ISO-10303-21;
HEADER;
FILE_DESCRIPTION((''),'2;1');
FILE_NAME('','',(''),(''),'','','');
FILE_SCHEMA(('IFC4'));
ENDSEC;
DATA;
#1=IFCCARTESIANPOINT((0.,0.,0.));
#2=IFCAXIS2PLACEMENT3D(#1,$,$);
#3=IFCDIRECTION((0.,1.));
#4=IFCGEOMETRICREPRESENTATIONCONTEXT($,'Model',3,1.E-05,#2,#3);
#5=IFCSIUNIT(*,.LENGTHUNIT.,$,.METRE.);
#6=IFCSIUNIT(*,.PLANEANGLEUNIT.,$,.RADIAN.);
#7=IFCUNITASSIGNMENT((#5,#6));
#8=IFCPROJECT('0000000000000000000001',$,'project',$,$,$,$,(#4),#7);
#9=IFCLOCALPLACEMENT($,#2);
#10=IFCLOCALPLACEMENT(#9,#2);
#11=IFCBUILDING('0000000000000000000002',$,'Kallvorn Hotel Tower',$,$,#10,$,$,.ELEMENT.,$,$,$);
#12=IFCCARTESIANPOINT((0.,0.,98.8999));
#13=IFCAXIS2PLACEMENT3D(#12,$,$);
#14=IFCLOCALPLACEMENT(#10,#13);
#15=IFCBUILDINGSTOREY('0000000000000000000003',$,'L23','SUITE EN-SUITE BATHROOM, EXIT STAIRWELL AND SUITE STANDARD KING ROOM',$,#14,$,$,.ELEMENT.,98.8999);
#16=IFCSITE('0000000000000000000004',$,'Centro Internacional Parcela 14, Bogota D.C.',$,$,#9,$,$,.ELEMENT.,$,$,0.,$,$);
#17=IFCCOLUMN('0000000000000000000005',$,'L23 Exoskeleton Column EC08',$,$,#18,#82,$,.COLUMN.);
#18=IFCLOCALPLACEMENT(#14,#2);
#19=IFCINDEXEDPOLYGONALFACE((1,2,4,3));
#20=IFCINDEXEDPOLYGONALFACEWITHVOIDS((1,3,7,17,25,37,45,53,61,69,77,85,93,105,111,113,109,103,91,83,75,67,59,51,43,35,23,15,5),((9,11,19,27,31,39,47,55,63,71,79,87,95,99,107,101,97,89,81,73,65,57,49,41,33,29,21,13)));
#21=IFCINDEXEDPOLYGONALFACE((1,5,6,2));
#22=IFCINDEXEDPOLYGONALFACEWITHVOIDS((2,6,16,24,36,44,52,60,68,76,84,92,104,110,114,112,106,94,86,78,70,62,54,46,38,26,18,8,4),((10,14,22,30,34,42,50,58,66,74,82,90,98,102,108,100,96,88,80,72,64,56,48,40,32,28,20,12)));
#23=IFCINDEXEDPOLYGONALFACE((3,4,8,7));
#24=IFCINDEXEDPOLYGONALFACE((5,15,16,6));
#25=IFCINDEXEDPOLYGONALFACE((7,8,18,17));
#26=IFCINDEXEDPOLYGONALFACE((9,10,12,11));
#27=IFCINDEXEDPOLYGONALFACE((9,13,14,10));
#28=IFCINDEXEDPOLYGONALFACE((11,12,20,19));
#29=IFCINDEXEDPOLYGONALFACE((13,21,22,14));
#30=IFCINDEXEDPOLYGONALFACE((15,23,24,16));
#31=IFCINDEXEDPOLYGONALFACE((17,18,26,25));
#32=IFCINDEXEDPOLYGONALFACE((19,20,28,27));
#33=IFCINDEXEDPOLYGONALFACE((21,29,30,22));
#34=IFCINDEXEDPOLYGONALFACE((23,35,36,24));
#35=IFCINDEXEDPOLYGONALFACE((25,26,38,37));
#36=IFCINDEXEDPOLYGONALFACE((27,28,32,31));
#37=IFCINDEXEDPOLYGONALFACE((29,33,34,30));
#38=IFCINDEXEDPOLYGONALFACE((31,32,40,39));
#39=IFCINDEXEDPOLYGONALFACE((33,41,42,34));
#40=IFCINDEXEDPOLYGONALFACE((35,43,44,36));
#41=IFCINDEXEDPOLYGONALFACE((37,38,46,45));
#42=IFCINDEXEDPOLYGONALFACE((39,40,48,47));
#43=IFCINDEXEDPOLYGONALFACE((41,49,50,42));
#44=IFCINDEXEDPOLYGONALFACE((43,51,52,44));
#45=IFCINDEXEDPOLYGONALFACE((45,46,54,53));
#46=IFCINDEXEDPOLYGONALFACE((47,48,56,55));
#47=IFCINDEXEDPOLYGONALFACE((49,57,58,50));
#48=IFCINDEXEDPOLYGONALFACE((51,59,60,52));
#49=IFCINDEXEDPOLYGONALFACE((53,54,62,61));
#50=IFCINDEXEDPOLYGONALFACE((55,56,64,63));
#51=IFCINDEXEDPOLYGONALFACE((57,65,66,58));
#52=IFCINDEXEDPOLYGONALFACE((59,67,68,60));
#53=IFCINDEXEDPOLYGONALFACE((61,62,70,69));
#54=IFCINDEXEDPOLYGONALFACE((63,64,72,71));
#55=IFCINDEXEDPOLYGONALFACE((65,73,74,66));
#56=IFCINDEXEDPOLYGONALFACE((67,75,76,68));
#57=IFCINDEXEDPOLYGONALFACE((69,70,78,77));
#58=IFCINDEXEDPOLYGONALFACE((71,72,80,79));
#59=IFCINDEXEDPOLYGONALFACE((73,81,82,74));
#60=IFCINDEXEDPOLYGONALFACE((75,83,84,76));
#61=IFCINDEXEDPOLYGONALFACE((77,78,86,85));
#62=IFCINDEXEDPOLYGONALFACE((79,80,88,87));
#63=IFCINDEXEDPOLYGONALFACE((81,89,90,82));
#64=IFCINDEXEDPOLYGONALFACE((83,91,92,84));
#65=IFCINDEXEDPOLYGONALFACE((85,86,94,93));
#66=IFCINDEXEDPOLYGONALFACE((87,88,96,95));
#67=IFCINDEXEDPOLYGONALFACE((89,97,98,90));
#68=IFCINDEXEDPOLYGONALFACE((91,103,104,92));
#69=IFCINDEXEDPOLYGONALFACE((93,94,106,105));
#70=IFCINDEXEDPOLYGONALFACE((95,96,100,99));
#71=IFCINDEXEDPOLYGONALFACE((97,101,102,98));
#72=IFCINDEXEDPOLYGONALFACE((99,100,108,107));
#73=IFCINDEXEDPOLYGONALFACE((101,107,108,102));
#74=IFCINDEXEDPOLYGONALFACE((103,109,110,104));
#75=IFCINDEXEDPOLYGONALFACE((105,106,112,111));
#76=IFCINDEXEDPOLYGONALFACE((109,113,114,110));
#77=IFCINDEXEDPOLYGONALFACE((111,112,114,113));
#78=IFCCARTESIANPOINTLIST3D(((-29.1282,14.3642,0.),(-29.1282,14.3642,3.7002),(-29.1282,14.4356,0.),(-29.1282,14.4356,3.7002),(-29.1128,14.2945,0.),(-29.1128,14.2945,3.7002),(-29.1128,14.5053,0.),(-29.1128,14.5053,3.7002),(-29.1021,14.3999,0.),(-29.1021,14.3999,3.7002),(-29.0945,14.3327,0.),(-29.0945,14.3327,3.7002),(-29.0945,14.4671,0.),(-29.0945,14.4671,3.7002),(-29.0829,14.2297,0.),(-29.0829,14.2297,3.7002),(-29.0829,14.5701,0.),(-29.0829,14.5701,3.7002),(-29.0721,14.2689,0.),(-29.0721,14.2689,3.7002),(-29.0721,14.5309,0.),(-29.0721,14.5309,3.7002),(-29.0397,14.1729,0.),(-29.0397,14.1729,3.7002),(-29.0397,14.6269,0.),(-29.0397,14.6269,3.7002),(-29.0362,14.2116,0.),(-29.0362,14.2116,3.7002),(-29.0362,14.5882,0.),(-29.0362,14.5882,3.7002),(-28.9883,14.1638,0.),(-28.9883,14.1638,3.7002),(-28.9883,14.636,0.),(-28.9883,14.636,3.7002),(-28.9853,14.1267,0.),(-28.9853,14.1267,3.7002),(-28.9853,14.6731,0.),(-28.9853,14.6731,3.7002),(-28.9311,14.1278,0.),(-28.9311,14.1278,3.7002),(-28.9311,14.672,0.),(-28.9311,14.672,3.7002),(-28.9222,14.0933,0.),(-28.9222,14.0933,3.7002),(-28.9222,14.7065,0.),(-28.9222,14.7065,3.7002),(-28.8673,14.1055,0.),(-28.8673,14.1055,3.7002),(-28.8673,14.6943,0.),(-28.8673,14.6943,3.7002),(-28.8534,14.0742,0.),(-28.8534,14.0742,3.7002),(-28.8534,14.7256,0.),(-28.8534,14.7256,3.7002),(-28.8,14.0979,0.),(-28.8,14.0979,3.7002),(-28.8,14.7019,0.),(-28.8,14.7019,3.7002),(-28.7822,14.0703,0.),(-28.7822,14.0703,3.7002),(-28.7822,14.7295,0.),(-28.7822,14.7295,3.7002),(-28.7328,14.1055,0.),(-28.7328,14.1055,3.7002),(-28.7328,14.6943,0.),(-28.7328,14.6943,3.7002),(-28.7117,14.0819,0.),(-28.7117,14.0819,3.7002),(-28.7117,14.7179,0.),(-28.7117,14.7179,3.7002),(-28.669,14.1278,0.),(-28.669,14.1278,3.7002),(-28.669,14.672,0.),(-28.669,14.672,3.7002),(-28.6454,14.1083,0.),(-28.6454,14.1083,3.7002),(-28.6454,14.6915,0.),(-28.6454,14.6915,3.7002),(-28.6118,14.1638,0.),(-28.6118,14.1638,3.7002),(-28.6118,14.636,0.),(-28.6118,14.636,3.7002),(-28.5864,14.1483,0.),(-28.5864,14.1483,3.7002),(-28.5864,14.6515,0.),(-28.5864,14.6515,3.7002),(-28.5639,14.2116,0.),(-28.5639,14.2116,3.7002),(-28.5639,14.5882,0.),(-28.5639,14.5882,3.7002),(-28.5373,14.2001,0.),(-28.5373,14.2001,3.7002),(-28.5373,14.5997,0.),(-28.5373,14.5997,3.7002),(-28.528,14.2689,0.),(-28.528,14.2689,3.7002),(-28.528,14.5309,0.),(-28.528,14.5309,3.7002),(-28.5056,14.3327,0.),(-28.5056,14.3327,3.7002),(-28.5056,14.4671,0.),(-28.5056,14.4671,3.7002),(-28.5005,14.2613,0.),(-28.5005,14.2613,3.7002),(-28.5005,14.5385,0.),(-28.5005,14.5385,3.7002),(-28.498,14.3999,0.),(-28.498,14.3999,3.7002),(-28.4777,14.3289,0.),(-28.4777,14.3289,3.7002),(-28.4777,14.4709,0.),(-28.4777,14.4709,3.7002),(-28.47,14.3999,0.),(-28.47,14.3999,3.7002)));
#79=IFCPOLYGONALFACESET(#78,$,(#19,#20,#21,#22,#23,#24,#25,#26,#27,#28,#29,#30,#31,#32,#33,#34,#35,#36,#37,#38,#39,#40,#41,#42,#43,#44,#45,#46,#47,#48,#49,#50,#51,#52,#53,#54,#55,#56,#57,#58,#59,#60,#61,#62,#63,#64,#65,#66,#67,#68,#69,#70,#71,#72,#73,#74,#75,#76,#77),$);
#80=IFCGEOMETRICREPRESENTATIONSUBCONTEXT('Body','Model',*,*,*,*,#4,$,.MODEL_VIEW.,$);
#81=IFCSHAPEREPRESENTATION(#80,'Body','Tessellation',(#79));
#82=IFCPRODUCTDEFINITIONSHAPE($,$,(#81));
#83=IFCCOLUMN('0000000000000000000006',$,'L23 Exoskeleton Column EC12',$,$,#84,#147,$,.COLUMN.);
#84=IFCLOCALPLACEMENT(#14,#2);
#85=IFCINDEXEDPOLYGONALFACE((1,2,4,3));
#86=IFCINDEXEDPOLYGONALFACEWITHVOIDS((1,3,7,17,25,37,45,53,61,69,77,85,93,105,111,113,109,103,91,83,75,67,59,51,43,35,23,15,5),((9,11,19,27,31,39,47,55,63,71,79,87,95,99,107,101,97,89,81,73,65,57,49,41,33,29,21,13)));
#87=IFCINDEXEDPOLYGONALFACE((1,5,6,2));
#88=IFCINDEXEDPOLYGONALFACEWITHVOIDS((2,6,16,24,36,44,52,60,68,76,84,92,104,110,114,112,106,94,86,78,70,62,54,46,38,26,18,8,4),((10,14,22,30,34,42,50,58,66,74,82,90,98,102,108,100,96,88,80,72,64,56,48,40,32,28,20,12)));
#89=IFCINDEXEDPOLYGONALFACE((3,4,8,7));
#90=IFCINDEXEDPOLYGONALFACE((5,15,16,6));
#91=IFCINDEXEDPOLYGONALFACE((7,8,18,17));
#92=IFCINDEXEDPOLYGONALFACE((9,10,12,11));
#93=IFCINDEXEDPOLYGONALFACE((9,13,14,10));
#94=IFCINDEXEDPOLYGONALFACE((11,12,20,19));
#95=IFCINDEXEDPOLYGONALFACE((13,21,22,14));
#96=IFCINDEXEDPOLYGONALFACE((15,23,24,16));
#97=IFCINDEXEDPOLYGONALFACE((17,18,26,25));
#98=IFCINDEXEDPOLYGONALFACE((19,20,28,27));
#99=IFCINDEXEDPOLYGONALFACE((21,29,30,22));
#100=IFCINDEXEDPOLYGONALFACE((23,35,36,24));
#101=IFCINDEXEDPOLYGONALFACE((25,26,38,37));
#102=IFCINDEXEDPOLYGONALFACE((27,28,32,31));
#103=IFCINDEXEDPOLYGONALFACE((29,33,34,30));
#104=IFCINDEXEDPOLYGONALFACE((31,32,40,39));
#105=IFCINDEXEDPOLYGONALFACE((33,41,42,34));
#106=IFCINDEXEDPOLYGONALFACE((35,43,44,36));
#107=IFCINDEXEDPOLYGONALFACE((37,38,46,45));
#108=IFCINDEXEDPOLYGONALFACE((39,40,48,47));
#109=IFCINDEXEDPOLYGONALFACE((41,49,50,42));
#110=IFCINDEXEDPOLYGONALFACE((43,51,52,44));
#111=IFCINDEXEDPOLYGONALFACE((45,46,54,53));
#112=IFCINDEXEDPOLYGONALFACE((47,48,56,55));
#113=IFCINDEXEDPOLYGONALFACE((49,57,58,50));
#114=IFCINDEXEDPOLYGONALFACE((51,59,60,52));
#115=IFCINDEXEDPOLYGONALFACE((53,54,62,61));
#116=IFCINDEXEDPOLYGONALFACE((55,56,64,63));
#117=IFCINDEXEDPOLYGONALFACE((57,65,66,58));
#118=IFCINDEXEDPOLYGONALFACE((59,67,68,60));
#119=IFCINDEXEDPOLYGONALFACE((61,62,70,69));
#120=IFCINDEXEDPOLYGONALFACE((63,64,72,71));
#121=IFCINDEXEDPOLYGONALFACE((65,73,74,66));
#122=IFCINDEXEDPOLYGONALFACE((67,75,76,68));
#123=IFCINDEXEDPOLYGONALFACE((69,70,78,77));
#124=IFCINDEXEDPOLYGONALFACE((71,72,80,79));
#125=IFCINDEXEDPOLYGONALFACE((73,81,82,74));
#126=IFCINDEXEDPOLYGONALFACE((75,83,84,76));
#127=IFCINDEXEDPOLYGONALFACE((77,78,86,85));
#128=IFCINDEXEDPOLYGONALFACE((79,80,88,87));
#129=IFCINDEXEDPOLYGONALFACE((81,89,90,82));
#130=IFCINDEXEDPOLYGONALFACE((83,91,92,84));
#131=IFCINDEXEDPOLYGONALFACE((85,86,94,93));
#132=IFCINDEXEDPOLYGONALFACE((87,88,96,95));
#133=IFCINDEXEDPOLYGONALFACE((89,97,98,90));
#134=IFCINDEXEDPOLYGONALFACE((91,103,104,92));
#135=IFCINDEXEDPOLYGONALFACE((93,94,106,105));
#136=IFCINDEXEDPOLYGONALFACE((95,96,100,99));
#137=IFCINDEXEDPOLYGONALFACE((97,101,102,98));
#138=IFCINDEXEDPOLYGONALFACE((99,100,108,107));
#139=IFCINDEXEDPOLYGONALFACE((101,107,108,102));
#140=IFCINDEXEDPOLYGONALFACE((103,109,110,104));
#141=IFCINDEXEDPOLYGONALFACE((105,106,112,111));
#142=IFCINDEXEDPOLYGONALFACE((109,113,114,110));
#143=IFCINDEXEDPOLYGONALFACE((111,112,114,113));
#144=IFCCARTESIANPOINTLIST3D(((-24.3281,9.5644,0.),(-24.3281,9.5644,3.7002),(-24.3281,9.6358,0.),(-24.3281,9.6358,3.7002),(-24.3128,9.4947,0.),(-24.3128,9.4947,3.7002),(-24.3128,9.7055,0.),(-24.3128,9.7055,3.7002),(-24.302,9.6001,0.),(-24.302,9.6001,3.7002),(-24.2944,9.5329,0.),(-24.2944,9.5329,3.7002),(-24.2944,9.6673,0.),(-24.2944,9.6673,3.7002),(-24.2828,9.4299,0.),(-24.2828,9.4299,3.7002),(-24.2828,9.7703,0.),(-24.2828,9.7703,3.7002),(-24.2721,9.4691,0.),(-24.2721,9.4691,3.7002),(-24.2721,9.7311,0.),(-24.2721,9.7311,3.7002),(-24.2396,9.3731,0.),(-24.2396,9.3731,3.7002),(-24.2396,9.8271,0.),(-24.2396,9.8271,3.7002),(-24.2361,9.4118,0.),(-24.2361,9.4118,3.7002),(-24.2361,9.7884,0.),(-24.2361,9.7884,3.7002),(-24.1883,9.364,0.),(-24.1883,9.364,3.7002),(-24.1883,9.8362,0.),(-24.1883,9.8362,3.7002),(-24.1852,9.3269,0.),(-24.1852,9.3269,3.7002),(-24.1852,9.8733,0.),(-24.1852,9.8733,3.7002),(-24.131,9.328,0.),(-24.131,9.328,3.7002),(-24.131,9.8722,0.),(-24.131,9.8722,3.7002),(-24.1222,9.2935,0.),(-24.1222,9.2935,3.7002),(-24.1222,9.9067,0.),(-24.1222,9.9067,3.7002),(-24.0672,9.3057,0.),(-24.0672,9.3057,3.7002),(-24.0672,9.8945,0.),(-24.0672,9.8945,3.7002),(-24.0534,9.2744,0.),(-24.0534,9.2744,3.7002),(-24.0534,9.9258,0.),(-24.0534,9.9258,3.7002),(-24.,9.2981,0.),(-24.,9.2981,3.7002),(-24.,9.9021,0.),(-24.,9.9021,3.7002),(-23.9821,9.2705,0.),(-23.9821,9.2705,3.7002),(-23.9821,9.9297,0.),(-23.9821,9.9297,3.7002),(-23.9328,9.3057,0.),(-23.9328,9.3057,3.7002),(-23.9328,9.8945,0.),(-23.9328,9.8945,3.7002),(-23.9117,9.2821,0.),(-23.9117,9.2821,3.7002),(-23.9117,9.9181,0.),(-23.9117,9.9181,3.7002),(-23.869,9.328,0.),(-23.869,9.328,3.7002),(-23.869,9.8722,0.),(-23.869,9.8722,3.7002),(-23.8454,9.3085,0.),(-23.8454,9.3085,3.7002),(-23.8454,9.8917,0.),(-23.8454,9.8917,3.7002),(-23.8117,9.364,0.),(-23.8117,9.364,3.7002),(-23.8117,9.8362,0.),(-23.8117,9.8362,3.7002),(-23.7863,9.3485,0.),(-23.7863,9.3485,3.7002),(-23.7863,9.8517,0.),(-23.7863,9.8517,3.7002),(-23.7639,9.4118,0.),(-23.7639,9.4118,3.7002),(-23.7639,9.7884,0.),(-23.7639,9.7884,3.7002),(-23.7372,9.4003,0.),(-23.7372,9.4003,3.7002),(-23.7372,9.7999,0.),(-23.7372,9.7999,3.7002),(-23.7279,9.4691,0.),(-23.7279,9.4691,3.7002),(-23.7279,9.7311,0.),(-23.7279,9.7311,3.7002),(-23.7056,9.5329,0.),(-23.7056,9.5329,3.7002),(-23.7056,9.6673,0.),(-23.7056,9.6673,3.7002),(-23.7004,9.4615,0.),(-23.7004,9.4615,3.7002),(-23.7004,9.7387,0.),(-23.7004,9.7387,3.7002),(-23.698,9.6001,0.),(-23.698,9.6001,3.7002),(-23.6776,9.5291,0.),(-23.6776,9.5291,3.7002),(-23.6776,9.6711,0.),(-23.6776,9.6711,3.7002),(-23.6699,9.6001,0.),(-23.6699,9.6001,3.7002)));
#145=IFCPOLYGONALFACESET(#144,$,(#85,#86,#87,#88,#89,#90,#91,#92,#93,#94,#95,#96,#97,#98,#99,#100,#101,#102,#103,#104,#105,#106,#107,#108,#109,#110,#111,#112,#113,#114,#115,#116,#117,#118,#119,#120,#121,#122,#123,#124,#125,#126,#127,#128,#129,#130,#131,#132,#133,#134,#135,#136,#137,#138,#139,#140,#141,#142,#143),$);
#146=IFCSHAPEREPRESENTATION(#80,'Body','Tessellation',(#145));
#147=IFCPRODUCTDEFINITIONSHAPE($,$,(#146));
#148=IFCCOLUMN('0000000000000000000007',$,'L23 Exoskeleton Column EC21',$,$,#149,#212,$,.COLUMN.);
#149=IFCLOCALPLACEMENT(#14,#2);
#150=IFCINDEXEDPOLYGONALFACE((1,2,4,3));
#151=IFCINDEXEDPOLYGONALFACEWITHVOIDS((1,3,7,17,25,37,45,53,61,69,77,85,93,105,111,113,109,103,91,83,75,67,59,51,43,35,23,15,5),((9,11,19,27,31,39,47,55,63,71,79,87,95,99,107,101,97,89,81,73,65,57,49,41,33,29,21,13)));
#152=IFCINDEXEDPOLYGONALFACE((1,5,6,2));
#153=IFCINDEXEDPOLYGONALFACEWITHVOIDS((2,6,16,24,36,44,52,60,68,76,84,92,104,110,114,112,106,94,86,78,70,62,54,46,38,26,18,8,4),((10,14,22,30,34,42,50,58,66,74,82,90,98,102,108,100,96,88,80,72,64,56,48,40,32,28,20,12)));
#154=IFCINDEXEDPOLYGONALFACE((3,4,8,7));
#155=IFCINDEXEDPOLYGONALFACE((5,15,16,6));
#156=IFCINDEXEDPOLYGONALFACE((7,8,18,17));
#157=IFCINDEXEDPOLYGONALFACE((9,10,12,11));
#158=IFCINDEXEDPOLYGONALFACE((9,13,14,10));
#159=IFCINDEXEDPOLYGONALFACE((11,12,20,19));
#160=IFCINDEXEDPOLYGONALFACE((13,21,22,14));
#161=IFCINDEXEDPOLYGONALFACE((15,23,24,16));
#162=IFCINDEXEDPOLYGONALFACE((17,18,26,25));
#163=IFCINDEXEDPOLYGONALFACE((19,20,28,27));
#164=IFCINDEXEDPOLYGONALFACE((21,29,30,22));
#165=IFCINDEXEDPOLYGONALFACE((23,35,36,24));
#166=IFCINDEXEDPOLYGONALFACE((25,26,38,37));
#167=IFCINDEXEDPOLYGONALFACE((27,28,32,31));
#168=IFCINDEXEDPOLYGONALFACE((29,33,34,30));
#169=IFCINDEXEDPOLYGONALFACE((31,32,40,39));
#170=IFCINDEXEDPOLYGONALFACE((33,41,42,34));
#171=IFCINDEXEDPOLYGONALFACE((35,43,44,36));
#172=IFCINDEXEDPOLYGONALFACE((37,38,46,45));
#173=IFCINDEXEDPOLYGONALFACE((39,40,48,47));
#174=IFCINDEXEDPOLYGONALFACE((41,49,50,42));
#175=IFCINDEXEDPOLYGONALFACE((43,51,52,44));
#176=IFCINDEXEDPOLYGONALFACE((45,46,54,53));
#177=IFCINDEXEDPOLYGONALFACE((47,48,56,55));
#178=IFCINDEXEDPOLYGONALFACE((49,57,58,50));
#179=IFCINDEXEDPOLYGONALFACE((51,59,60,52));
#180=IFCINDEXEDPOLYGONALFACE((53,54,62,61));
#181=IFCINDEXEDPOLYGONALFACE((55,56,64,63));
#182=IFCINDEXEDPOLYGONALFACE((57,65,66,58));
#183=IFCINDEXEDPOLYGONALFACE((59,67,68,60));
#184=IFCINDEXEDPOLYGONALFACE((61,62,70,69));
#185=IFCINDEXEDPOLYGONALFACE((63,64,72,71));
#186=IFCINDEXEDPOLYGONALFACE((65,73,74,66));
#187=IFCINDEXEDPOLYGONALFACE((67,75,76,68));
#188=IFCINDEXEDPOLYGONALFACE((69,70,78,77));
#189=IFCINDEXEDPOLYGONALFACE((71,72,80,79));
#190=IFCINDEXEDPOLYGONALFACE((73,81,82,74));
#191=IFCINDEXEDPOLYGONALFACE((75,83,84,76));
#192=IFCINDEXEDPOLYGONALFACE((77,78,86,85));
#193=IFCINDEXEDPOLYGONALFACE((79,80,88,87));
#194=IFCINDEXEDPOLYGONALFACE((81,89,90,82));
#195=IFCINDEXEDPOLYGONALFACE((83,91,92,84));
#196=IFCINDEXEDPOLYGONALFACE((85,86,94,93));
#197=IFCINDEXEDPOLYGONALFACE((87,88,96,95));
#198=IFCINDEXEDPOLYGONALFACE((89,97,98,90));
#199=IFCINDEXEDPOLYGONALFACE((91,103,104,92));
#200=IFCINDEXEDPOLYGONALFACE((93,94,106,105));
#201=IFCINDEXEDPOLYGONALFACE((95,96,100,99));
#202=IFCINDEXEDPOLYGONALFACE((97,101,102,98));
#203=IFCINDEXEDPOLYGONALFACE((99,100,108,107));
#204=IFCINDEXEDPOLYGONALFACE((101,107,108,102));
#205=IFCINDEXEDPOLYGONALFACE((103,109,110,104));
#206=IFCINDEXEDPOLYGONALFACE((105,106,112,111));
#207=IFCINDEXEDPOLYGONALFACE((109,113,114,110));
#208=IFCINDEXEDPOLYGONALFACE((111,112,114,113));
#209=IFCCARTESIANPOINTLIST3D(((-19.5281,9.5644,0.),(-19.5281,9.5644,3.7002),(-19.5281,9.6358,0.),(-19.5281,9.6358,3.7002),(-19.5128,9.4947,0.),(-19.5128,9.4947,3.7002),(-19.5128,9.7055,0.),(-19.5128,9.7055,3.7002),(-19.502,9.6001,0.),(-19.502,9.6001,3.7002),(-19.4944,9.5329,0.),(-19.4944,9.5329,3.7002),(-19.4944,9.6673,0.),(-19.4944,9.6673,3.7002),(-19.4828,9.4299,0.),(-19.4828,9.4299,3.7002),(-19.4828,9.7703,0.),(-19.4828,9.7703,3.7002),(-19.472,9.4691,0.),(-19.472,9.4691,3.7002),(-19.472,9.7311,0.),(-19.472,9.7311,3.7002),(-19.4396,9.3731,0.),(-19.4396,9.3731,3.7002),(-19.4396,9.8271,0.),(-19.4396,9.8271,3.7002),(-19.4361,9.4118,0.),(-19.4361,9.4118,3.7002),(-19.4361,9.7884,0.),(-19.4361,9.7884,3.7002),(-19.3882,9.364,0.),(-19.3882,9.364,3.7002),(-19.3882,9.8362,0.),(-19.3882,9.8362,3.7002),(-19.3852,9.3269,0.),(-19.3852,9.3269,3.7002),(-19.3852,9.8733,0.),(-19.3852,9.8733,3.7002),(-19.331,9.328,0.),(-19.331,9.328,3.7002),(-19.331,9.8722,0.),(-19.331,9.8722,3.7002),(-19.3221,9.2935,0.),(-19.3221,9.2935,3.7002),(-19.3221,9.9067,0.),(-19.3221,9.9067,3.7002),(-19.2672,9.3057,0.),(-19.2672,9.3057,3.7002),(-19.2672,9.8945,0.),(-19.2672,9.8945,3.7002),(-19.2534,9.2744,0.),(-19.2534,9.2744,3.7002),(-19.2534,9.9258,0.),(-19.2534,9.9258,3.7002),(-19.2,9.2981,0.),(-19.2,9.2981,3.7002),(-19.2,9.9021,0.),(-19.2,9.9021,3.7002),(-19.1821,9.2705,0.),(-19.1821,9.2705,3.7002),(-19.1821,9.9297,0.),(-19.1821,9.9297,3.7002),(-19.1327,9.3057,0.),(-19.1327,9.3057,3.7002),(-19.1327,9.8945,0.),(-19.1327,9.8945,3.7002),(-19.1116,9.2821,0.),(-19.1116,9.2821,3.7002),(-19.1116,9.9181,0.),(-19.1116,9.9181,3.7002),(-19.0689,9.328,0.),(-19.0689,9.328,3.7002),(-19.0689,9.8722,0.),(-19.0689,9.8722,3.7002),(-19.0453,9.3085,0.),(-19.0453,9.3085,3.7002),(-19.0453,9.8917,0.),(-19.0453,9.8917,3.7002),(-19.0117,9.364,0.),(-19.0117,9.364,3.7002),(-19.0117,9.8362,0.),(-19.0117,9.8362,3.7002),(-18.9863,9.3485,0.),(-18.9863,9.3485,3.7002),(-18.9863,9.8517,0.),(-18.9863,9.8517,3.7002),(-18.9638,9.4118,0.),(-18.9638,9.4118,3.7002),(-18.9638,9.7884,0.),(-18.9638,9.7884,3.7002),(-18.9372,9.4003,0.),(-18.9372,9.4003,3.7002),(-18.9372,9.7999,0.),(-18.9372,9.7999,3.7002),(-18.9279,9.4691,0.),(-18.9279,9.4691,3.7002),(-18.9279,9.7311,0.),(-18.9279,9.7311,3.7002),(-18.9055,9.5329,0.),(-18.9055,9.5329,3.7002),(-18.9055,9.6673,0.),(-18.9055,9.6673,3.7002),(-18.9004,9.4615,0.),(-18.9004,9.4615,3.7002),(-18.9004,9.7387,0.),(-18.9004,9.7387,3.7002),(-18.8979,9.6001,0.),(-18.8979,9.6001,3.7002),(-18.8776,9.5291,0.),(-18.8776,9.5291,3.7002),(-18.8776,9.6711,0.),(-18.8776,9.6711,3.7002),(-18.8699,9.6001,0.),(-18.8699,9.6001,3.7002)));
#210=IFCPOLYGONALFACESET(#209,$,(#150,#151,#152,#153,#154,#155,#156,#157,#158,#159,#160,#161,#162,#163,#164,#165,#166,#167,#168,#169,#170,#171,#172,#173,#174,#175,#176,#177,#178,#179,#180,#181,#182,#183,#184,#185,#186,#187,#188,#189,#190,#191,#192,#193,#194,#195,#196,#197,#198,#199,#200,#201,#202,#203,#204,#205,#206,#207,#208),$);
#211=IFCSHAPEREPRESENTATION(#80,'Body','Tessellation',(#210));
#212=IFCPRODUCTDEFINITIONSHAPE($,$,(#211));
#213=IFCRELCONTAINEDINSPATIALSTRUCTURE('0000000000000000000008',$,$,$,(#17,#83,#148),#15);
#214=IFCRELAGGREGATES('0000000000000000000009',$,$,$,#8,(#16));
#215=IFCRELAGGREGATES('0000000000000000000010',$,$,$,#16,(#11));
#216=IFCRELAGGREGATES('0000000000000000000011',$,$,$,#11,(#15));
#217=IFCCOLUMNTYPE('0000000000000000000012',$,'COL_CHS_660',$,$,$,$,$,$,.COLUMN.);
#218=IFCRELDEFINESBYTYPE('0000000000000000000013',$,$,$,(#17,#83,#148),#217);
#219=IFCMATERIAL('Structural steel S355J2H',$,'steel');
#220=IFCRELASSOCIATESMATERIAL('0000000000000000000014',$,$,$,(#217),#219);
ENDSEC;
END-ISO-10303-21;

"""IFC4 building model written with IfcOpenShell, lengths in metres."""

from ifc_helpers import new_model, si_unit, direction, frame, origin, origin_2d, place, context, subcontext, project, spatial, hollow_circle, extrude, material, material_profile, profile_set, type_object, element, save


model = new_model("IFC4")

# Units and contexts
model_context = context("Model", 3, precision=1e-05, world=origin(), true_north=direction((0.0, 1.0)))
body_context = subcontext(model_context, "Body", "Model", "MODEL_VIEW")
ifc_project = project(units=[si_unit("LENGTHUNIT", "METRE"), si_unit("PLANEANGLEUNIT", "RADIAN")], contexts=[model_context])

# Site, building, storey
site_placement = place(None, origin())
site = spatial("IfcSite", under=ifc_project, at=site_placement, Name="Centro Internacional Parcela 14, Bogota D.C.", CompositionType="ELEMENT", RefElevation=0.0)
building_placement = place(site_placement, origin())
building = spatial("IfcBuilding", under=site, at=building_placement, Name="Kallvorn Hotel Tower", CompositionType="ELEMENT")
storey_placement = place(building_placement, frame((0.0, 0.0, 98.8999)))
storey = spatial("IfcBuildingStorey", under=building, at=storey_placement, Name="L23", Description="SUITE EN-SUITE BATHROOM, EXIT STAIRWELL AND SUITE STANDARD KING ROOM", CompositionType="ELEMENT", Elevation=98.8999)

# Columns
ifc_material_1 = material(Name="Structural steel S355J2H", Category="steel")
ifc_material_profile_1 = material_profile(ifc_material_1, hollow_circle(Radius=0.3301, WallThickness=0.0281, at=origin_2d()), Name="CHS 660x28")
ifc_profile_set_1 = profile_set([ifc_material_profile_1], Name="Structural steel S355J2H")
column_type = type_object("IfcColumnType", Name="COL_CHS_660", PredefinedType="COLUMN", material=ifc_profile_set_1)
for number, where, z_axis, x_axis, name in (
    (1, (-28.8, 14.3999, 0.0), (0.0, 0.0, 1.0), (1.0, 0.0, 0.0), "L23 Exoskeleton Column EC08"),
    (2, (-24.0, 9.6001, 0.0), (0.0, 0.0, 1.0), (1.0, 0.0, 0.0), "L23 Exoskeleton Column EC12"),
    (3, (-19.2, 9.6001, 0.0), (0.0, 0.0, 1.0), (1.0, 0.0, 0.0), "L23 Exoskeleton Column EC21"),
):
    element("IfcColumn", number, at=place(storey_placement, frame(where, z_axis=z_axis, x_axis=x_axis)), inside=storey, type_object=column_type, Name=name, PredefinedType="COLUMN", context=body_context, shape_type="SweptSolid", body=[
        extrude(hollow_circle(Radius=0.3301, WallThickness=0.0281, at=origin_2d()), origin(), (0.0, 0.0, 1.0), 3.7002),
    ])

save(model, "model.ifc")
